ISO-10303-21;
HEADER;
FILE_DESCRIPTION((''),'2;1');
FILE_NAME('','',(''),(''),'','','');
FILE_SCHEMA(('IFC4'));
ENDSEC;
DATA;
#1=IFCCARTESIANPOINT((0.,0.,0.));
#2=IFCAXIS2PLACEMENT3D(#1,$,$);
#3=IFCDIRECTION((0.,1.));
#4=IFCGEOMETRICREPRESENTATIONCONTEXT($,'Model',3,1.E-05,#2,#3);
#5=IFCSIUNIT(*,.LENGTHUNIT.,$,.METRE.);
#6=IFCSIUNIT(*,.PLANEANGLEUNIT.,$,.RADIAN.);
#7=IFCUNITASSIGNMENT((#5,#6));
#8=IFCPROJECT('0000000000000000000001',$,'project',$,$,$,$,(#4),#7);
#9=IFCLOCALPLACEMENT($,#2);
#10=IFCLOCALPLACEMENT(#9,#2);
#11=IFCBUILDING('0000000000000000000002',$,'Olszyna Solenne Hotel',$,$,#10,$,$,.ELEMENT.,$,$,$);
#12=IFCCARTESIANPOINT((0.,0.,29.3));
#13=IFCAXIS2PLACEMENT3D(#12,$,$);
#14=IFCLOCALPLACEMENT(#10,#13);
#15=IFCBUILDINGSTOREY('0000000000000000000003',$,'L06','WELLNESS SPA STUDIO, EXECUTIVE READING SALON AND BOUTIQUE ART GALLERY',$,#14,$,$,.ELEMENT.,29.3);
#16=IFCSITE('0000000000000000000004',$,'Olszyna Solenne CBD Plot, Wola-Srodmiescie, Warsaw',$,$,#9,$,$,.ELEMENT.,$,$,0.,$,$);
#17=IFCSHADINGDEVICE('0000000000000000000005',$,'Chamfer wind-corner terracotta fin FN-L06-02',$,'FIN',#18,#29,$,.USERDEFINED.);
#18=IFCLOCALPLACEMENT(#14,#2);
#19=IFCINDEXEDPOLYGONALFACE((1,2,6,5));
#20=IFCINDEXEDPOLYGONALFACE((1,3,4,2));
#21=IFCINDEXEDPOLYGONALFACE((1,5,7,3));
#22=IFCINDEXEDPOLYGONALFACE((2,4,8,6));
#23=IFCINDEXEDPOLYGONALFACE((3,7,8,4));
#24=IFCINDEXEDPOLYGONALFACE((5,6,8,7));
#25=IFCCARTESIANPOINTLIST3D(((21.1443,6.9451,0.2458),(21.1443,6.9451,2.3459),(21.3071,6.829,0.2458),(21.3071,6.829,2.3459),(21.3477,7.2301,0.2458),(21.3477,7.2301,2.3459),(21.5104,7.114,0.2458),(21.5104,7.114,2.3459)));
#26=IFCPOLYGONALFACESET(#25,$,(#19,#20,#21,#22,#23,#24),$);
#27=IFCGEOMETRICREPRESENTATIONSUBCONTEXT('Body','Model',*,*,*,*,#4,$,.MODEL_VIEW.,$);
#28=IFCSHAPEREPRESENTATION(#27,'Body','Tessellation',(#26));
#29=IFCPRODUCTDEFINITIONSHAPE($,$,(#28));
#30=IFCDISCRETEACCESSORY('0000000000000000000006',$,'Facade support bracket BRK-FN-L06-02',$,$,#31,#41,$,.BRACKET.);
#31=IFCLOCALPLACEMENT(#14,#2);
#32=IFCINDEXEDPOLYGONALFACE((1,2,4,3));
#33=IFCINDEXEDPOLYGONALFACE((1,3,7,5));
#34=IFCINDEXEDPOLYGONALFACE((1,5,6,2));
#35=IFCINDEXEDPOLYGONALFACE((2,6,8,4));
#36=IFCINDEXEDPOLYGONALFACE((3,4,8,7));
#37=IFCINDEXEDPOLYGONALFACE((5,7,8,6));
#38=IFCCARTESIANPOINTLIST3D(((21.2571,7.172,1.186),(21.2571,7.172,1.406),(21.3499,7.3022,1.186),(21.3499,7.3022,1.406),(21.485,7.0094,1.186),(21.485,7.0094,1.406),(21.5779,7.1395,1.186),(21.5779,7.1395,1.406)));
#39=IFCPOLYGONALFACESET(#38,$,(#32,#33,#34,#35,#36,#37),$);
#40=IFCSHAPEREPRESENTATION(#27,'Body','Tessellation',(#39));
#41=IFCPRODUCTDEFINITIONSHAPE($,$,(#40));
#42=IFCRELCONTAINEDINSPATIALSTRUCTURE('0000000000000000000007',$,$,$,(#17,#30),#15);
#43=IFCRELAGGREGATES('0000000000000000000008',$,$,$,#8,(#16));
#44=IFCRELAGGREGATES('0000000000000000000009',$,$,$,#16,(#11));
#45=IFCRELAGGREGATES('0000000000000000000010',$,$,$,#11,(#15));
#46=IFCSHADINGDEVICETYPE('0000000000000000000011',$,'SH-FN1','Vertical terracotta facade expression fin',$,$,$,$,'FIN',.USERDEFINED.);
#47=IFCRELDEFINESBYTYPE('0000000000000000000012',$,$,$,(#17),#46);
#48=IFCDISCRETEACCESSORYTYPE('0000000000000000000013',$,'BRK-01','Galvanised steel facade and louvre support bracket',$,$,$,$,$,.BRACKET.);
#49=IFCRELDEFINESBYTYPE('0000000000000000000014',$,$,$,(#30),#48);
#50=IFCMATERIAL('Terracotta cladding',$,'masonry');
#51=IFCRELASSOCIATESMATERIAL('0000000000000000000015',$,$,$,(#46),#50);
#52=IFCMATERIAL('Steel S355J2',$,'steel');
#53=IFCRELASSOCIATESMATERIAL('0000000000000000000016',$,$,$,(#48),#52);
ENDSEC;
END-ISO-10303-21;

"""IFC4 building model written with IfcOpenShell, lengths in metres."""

from ifc_helpers import new_model, si_unit, direction, frame, origin, origin_2d, place, context, subcontext, project, spatial, rectangle, extrude, source, transform, mapped, material, type_object, element, save


model = new_model("IFC4")

# Units and contexts
model_context = context("Model", 3, precision=1e-05, world=origin(), true_north=direction((0.0, 1.0)))
body_context = subcontext(model_context, "Body", "Model", "MODEL_VIEW")
ifc_project = project(units=[si_unit("LENGTHUNIT", "METRE"), si_unit("PLANEANGLEUNIT", "RADIAN")], contexts=[model_context])

# Site, building, storey
site_placement = place(None, origin())
site = spatial("IfcSite", under=ifc_project, at=site_placement, Name="Olszyna Solenne CBD Plot, Wola-Srodmiescie, Warsaw", CompositionType="ELEMENT", RefElevation=0.0)
building_placement = place(site_placement, origin())
building = spatial("IfcBuilding", under=site, at=building_placement, Name="Olszyna Solenne Hotel", CompositionType="ELEMENT")
storey_placement = place(building_placement, frame((0.0, 0.0, 29.3)))
storey = spatial("IfcBuildingStorey", under=building, at=storey_placement, Name="L06", Description="WELLNESS SPA STUDIO, EXECUTIVE READING SALON AND BOUTIQUE ART GALLERY", CompositionType="ELEMENT", Elevation=29.3)

# Shared definitions
ifc_material_1 = material(Name="Steel S355J2", Category="steel")

# Shading device
ifc_material_2 = material(Name="Terracotta cladding", Category="masonry")
shading_device_type = type_object("IfcShadingDeviceType", Name="SH-FN1", Description="Vertical terracotta facade expression fin", ElementType="FIN", PredefinedType="USERDEFINED", material=ifc_material_2)
shared_shape_1 = source(origin(), body_context, "Body", "SweptSolid", [
    extrude(rectangle(XDim=0.2, YDim=0.3501, at=origin_2d()), origin(), (0.0, 0.0, 1.0), 2.1001),
])
shading_device_placement = place(storey_placement, frame((21.3274, 7.0295, 0.2458), z_axis=(0.0, 0.0, 1.0), x_axis=(-0.814116, 0.580703, 0.0)))
element("IfcShadingDevice", 1, at=shading_device_placement, inside=storey, type_object=shading_device_type, Name="Chamfer wind-corner terracotta fin FN-L06-02", ObjectType="FIN", PredefinedType="USERDEFINED", context=body_context, shape_type="MappedRepresentation", body=[
    mapped(shared_shape_1, transform((0.0, 0.0, 0.0), x_axis=(1.0, 0.0, 0.0), y_axis=(0.0, 1.0, 0.0), z_axis=(0.0, 0.0, 1.0), scale=1.0)),
])

# Discrete accessory
discrete_accessory_type = type_object("IfcDiscreteAccessoryType", Name="BRK-01", Description="Galvanised steel facade and louvre support bracket", PredefinedType="BRACKET", material=ifc_material_1)
shared_shape_2 = source(origin(), body_context, "Body", "SweptSolid", [
    extrude(rectangle(XDim=0.28, YDim=0.1599, at=origin_2d()), origin(), (0.0, 0.0, 1.0), 0.22),
])
discrete_accessory_placement = place(storey_placement, frame((21.4175, 7.1558, 1.186), z_axis=(0.0, 0.0, 1.0), x_axis=(-0.814116, 0.580703, 0.0)))
element("IfcDiscreteAccessory", 2, at=discrete_accessory_placement, inside=storey, type_object=discrete_accessory_type, Name="Facade support bracket BRK-FN-L06-02", PredefinedType="BRACKET", context=body_context, shape_type="MappedRepresentation", body=[
    mapped(shared_shape_2, transform((0.0, 0.0, 0.0), x_axis=(1.0, 0.0, 0.0), y_axis=(0.0, 1.0, 0.0), z_axis=(0.0, 0.0, 1.0), scale=1.0)),
])

save(model, "model.ifc")
